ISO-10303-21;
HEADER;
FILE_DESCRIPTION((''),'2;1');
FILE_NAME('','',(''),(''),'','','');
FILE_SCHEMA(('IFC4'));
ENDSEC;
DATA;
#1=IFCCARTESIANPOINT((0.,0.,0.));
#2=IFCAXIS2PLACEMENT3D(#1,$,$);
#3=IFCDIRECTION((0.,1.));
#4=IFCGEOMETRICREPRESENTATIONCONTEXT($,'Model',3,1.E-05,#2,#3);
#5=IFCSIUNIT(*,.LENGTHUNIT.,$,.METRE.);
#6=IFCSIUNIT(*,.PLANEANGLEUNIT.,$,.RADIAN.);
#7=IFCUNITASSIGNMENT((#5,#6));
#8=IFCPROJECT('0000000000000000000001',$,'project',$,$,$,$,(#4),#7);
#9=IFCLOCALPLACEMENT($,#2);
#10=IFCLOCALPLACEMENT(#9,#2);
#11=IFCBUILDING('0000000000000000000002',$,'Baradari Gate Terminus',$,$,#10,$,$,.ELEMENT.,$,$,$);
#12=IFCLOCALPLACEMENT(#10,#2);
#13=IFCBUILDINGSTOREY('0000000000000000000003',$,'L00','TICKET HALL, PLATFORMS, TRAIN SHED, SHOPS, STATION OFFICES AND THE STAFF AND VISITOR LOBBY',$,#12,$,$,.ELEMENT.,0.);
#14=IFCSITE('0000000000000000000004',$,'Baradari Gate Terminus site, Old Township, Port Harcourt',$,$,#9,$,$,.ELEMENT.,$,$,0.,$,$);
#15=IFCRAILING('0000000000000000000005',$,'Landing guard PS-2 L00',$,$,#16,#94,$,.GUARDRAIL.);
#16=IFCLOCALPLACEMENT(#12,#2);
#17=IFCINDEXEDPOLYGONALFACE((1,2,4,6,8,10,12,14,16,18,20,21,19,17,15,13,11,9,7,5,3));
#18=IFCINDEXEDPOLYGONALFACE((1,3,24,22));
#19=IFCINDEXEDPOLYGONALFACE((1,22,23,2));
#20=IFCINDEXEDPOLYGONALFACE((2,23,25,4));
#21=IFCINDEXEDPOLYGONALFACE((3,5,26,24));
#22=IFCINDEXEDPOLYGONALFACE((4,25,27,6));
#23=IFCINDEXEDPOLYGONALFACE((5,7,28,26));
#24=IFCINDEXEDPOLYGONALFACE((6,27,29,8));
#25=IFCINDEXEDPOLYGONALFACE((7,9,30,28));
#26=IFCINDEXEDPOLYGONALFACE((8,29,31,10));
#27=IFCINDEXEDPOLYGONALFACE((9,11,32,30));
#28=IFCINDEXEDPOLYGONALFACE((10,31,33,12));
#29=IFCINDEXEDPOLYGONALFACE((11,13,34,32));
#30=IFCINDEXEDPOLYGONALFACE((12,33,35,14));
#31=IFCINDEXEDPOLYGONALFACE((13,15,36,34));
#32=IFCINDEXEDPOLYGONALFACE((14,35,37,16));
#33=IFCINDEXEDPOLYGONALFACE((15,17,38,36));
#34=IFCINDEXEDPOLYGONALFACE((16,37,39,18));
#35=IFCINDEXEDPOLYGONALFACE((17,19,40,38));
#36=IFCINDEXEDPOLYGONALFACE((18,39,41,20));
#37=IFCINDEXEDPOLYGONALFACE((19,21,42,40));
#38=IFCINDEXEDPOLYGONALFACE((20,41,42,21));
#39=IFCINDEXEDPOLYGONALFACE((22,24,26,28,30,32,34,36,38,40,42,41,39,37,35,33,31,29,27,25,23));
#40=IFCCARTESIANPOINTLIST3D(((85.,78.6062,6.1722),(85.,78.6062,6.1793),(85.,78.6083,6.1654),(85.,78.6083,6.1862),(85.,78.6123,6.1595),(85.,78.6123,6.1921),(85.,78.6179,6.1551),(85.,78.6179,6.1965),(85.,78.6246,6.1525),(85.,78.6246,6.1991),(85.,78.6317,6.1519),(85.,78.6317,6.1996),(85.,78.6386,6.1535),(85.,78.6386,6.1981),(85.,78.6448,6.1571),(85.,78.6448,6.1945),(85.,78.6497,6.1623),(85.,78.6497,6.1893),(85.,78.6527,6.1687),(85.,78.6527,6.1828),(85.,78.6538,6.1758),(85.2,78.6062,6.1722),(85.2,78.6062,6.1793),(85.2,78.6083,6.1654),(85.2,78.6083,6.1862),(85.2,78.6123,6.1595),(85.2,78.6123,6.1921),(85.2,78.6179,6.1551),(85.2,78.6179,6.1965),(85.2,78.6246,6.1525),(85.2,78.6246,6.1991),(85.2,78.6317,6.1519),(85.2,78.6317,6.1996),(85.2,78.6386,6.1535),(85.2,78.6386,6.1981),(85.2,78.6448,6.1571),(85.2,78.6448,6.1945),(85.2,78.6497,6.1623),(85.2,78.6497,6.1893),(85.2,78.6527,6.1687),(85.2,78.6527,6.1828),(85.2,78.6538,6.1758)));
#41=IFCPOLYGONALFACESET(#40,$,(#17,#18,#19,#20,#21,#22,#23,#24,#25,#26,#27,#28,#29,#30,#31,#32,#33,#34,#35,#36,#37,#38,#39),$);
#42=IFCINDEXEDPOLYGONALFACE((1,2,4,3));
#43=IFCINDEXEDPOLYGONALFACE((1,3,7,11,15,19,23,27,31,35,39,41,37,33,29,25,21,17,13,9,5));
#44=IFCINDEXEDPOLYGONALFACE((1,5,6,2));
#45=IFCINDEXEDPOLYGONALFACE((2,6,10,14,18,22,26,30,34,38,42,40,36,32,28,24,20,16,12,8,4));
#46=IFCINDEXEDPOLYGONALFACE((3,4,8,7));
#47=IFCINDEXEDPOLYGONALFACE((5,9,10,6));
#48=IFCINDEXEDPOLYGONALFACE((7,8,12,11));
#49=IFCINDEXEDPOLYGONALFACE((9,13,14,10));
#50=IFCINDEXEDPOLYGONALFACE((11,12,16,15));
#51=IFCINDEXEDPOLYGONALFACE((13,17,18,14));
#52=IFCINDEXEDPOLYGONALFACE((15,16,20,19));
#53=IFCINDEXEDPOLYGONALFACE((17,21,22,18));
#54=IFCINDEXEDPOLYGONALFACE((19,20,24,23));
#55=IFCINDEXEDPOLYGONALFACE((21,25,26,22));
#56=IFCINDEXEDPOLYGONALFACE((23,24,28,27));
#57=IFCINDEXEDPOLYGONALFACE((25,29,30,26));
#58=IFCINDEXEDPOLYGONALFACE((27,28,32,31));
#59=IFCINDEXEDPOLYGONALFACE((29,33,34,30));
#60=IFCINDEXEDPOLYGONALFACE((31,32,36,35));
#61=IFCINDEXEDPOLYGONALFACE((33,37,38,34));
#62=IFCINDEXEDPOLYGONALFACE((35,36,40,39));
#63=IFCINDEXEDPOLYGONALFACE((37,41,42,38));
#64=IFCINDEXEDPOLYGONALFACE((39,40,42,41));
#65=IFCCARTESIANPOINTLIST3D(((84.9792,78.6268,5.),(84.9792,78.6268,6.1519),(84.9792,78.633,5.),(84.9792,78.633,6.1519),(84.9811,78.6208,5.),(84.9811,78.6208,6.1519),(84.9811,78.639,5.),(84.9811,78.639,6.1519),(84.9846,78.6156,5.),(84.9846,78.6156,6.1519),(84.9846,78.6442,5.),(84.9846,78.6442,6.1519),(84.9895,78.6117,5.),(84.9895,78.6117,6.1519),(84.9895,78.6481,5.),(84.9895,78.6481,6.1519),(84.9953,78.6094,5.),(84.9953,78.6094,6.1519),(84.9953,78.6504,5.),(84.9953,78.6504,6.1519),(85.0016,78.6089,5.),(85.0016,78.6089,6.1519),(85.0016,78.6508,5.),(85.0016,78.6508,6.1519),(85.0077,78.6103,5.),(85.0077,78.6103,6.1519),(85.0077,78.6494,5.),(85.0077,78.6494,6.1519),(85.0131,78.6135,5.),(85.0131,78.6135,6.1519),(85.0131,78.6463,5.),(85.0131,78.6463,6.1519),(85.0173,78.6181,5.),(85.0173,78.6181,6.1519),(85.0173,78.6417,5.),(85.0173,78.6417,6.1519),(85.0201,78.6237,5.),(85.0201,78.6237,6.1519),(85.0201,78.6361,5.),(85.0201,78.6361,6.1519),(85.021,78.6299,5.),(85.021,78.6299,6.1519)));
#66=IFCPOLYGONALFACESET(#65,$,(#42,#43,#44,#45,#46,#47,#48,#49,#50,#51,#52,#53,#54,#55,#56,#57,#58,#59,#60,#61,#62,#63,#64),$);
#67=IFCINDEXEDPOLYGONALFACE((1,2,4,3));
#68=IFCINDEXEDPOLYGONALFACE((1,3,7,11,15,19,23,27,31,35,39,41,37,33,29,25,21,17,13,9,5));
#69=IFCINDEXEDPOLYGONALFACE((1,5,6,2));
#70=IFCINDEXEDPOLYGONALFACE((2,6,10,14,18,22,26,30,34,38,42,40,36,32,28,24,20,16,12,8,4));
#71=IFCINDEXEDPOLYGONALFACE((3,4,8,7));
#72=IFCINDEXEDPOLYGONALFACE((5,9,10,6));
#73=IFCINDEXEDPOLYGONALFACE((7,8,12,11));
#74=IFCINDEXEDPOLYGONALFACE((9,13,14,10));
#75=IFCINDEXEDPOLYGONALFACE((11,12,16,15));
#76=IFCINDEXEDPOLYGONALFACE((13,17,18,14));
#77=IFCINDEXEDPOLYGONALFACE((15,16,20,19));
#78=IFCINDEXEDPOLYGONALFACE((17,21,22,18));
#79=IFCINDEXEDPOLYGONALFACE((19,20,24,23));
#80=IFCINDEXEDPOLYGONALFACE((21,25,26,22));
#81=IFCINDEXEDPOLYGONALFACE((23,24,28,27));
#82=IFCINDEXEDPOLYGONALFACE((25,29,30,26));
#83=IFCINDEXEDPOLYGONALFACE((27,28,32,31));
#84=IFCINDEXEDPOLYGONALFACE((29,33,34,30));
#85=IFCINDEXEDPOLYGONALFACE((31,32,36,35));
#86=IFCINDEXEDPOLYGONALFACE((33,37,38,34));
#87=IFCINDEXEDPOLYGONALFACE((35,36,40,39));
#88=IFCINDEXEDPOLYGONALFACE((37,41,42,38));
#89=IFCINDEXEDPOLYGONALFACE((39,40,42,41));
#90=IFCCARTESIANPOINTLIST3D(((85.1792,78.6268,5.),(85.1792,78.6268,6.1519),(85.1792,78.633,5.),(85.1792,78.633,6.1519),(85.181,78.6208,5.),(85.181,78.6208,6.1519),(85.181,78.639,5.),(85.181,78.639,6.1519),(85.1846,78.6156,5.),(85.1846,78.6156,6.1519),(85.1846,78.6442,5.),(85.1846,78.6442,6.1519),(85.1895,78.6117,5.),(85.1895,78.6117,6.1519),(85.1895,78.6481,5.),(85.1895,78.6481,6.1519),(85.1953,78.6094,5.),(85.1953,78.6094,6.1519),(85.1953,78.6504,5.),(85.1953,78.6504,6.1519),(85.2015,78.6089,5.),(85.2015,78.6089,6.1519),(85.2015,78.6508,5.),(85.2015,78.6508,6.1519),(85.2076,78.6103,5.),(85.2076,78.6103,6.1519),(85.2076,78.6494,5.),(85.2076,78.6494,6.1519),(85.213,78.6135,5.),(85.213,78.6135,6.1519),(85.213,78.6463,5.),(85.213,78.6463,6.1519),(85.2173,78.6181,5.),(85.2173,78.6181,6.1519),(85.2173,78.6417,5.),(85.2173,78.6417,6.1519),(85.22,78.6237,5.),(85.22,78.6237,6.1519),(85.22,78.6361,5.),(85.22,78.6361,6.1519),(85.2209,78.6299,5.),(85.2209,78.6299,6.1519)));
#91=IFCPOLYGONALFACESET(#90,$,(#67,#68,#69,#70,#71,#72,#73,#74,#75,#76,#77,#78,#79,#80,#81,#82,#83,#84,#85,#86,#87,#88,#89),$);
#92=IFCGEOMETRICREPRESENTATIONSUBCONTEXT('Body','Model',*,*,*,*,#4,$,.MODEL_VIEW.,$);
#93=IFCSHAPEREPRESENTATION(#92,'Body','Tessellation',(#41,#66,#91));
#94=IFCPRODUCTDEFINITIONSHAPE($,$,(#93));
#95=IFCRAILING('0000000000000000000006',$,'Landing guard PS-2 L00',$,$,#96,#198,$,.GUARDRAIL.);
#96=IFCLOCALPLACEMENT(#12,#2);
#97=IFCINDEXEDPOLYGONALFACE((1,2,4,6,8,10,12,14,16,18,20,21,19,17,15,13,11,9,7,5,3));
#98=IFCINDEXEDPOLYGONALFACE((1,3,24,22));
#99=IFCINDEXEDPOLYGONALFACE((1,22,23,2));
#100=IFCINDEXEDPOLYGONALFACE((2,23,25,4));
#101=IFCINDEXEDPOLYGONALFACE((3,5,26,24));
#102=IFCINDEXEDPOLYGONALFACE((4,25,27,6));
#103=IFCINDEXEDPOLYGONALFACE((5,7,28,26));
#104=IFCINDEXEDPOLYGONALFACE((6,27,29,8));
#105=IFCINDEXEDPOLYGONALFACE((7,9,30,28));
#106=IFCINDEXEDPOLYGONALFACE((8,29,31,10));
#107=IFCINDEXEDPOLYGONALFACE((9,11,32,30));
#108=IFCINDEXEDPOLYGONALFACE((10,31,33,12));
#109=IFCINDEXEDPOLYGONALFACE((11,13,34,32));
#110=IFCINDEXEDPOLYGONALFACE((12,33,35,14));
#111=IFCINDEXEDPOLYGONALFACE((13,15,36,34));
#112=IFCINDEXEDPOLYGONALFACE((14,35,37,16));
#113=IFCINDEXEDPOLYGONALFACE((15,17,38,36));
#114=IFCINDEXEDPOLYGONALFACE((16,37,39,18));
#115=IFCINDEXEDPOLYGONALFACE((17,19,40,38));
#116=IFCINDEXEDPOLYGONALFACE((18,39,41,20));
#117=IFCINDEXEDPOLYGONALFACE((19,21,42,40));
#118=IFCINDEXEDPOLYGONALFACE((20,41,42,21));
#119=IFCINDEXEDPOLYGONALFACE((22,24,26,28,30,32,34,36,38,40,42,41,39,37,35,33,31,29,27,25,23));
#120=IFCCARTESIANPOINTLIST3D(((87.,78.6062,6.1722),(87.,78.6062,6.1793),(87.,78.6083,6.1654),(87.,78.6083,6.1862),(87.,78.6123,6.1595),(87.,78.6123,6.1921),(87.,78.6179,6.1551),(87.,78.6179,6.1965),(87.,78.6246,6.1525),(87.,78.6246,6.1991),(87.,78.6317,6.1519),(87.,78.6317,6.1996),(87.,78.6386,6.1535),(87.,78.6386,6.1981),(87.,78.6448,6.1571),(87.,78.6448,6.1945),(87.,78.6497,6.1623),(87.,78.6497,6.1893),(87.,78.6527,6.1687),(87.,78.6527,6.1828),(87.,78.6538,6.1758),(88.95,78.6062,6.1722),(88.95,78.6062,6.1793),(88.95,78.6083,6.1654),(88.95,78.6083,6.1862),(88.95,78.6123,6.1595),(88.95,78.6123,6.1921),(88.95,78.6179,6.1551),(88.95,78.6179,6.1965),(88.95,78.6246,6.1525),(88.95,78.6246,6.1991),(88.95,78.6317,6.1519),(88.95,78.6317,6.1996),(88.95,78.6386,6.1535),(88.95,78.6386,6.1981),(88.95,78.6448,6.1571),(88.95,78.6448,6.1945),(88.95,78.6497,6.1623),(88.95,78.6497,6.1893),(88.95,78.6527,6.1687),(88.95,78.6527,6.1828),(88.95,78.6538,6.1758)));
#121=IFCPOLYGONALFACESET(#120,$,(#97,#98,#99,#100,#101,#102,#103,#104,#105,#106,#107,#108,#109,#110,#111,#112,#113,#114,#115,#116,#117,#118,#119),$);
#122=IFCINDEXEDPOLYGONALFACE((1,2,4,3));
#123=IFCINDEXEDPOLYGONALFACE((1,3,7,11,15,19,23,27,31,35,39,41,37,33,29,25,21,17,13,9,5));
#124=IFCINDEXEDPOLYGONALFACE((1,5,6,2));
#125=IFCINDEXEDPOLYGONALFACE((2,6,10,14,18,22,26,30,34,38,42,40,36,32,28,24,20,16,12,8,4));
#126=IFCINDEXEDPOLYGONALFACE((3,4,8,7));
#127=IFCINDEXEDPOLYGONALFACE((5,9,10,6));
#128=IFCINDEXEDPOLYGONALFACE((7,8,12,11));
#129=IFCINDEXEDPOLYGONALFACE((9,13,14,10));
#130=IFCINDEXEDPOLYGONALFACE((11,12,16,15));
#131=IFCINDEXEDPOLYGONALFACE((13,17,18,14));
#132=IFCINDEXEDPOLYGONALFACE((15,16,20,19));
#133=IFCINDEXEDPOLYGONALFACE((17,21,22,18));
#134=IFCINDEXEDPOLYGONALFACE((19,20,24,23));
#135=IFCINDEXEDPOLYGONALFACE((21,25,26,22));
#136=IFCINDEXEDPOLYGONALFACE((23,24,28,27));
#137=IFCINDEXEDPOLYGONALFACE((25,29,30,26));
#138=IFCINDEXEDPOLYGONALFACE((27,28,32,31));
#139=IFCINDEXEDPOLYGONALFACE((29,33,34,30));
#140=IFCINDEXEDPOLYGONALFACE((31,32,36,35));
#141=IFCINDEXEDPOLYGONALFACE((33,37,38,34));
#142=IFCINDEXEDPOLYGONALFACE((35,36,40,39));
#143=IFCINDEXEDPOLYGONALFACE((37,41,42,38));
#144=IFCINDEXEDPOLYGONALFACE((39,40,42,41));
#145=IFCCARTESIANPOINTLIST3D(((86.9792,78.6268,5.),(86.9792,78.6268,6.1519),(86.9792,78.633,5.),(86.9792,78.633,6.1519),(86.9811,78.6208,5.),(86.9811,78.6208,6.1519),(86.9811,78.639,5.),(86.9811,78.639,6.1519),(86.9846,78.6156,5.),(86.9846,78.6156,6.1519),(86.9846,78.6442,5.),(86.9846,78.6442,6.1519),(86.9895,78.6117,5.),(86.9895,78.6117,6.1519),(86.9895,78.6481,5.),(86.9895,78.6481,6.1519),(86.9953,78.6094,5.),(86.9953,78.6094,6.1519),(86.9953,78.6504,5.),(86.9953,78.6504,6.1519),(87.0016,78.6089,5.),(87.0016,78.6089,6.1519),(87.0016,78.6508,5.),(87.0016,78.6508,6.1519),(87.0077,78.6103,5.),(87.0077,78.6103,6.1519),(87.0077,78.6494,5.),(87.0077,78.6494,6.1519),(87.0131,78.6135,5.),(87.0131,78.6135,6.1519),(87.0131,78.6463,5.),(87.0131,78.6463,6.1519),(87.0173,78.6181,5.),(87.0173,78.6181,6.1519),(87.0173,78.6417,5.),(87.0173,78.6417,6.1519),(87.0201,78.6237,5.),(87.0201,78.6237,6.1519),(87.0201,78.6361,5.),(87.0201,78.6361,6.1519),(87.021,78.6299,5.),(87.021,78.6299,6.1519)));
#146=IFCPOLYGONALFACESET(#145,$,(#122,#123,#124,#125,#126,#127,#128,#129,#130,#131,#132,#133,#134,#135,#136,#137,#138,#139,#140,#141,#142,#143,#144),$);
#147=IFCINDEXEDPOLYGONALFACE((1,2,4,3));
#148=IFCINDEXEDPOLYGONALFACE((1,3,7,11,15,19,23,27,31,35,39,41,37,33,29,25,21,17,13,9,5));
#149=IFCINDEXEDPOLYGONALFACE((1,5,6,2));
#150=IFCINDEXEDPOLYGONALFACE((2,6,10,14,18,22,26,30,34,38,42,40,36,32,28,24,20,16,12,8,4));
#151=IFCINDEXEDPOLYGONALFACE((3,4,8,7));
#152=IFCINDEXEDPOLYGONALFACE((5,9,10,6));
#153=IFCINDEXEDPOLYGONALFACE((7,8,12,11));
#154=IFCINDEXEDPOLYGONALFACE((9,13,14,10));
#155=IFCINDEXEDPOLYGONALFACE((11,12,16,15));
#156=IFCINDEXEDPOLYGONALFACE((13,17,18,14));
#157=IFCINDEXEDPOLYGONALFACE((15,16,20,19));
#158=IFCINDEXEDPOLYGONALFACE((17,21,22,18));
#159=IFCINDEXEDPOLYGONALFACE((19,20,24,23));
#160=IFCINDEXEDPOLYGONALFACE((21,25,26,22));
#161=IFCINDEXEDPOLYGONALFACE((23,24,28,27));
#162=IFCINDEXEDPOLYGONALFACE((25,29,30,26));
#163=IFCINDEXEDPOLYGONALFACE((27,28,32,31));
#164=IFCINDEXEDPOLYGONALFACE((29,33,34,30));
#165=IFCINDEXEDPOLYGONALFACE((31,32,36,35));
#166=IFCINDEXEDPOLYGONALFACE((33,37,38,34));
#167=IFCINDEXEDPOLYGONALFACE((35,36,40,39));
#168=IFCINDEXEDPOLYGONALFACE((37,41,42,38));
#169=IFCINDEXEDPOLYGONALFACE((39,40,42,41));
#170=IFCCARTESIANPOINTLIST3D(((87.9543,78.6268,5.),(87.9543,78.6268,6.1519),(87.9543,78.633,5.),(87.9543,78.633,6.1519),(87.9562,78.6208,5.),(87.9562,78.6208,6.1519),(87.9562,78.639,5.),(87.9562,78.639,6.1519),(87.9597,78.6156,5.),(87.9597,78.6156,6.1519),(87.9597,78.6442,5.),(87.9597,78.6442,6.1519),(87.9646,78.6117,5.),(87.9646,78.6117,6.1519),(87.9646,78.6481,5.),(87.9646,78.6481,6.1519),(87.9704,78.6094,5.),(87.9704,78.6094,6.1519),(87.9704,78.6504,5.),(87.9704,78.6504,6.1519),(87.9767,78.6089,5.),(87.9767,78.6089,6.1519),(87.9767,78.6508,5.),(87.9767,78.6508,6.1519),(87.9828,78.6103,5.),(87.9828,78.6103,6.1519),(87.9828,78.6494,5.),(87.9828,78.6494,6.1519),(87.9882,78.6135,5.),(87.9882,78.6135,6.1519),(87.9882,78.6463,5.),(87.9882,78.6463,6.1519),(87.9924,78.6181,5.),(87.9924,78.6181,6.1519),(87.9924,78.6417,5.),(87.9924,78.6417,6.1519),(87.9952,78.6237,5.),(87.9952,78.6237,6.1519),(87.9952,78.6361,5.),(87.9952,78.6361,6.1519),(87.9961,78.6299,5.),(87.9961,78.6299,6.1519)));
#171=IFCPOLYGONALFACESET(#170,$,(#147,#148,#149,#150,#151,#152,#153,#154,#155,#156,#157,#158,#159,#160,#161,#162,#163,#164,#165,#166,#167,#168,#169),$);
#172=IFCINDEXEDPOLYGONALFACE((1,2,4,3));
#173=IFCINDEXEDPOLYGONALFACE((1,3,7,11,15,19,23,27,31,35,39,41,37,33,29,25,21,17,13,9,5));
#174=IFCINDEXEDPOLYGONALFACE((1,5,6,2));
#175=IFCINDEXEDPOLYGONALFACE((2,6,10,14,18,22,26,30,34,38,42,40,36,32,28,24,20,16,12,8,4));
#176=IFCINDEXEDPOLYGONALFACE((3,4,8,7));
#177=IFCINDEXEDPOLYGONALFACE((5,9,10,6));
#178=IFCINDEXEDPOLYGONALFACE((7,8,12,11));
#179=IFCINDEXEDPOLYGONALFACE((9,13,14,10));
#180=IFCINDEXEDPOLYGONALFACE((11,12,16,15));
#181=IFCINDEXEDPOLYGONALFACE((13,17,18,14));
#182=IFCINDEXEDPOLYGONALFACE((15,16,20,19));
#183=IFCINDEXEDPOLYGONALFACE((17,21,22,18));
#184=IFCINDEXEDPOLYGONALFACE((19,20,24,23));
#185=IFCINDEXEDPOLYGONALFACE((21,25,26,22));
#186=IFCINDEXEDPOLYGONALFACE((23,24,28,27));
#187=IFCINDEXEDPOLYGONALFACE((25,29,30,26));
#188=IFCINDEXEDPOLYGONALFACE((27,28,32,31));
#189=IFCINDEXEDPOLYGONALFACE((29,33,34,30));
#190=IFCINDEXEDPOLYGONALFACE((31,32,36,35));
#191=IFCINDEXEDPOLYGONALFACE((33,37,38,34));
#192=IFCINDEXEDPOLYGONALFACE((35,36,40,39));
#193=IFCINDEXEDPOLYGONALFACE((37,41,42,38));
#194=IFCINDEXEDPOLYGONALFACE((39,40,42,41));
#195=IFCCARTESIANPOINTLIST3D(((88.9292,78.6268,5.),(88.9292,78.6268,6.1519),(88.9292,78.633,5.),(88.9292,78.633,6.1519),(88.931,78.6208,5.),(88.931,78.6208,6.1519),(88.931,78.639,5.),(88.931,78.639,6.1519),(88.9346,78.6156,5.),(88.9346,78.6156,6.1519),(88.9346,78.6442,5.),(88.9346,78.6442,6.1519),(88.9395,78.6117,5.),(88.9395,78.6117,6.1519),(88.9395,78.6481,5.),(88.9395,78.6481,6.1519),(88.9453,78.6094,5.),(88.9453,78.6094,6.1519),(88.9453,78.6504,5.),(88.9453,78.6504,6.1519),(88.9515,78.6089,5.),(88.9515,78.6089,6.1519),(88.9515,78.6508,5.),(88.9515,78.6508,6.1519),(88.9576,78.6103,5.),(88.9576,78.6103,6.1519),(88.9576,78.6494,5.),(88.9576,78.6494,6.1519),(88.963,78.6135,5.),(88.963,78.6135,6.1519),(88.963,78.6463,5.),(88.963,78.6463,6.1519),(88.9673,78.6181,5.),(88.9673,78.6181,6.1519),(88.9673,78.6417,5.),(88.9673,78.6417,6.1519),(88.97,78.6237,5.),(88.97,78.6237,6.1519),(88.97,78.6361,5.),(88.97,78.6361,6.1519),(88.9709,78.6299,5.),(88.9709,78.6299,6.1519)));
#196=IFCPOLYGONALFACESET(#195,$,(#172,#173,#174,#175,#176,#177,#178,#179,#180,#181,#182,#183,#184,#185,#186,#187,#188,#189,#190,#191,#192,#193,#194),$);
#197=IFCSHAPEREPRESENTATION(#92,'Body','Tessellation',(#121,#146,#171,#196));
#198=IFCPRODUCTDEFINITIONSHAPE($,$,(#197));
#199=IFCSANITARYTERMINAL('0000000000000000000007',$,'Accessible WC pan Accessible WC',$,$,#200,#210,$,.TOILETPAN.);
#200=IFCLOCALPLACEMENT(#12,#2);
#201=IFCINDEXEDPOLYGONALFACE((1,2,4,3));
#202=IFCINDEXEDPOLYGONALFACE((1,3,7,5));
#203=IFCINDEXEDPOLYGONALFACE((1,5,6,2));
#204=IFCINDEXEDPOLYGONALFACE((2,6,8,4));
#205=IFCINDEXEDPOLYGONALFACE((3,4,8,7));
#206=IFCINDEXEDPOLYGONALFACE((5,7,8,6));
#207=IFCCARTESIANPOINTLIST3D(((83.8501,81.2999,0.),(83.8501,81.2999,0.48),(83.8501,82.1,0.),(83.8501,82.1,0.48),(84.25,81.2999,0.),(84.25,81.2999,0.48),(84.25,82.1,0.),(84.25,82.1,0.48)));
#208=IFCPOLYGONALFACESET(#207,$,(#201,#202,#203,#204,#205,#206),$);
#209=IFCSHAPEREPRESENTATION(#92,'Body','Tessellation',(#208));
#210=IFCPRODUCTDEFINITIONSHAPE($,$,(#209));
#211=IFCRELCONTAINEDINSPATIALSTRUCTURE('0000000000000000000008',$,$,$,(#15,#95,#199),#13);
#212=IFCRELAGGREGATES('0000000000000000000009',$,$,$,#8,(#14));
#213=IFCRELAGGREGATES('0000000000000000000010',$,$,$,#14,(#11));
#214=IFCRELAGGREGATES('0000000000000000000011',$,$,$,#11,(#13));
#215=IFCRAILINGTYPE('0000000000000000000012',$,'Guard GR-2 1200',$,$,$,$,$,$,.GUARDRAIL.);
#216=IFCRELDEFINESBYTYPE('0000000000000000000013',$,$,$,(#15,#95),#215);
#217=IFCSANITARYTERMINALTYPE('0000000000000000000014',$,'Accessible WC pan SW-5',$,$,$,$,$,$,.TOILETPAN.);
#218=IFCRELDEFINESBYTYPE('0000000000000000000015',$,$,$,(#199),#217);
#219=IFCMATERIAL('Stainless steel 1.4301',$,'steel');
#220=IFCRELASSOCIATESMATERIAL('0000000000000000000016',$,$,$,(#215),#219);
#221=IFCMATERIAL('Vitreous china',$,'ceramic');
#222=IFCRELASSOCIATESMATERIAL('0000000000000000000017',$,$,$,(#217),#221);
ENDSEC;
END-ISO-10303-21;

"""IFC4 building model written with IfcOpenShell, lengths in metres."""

from ifc_helpers import new_model, si_unit, direction, frame, origin, origin_2d, place, context, subcontext, project, spatial, rectangle, circle, extrude, material, type_object, element, save


model = new_model("IFC4")

# Units and contexts
model_context = context("Model", 3, precision=1e-05, world=origin(), true_north=direction((0.0, 1.0)))
body_context = subcontext(model_context, "Body", "Model", "MODEL_VIEW")
ifc_project = project(units=[si_unit("LENGTHUNIT", "METRE"), si_unit("PLANEANGLEUNIT", "RADIAN")], contexts=[model_context])

# Site, building, storey
site_placement = place(None, origin())
site = spatial("IfcSite", under=ifc_project, at=site_placement, Name="Baradari Gate Terminus site, Old Township, Port Harcourt", CompositionType="ELEMENT", RefElevation=0.0)
building_placement = place(site_placement, origin())
building = spatial("IfcBuilding", under=site, at=building_placement, Name="Baradari Gate Terminus", CompositionType="ELEMENT")
storey_placement = place(building_placement, origin())
storey = spatial("IfcBuildingStorey", under=building, at=storey_placement, Name="L00", Description="TICKET HALL, PLATFORMS, TRAIN SHED, SHOPS, STATION OFFICES AND THE STAFF AND VISITOR LOBBY", CompositionType="ELEMENT", Elevation=0.0)

# Railings
ifc_material_1 = material(Name="Stainless steel 1.4301", Category="steel")
railing_type_1 = type_object("IfcRailingType", Name="Guard GR-2 1200", PredefinedType="GUARDRAIL", material=ifc_material_1)
railing_1_placement = place(storey_placement, frame((85.0, 78.6299, 5.0)))
element("IfcRailing", 1, at=railing_1_placement, inside=storey, type_object=railing_type_1, Name="Landing guard PS-2 L00", PredefinedType="GUARDRAIL", context=body_context, shape_type="SweptSolid", body=[
    extrude(circle(Radius=0.0239, at=origin_2d()), frame((0.0, 0.0, 1.1758), z_axis=(1.0, 0.0, 0.0), x_axis=(0.0, 1.0, 0.0)), (0.0, 0.0, 1.0), 0.2),
    extrude(circle(Radius=0.021, at=origin_2d()), origin(), (0.0, 0.0, 1.0), 1.1519),
    extrude(circle(Radius=0.021, at=origin_2d()), frame((0.2, 0.0, 0.0)), (0.0, 0.0, 1.0), 1.1519),
])
railing_2_placement = place(storey_placement, frame((87.0, 78.6299, 5.0)))
element("IfcRailing", 2, at=railing_2_placement, inside=storey, type_object=railing_type_1, Name="Landing guard PS-2 L00", PredefinedType="GUARDRAIL", context=body_context, shape_type="SweptSolid", body=[
    extrude(circle(Radius=0.0239, at=origin_2d()), frame((0.0, 0.0, 1.1758), z_axis=(1.0, 0.0, 0.0), x_axis=(0.0, 1.0, 0.0)), (0.0, 0.0, 1.0), 1.95),
    extrude(circle(Radius=0.021, at=origin_2d()), origin(), (0.0, 0.0, 1.0), 1.1519),
    extrude(circle(Radius=0.021, at=origin_2d()), frame((0.9751, 0.0, 0.0)), (0.0, 0.0, 1.0), 1.1519),
    extrude(circle(Radius=0.021, at=origin_2d()), frame((1.95, 0.0, 0.0)), (0.0, 0.0, 1.0), 1.1519),
])

# Sanitary terminal
ifc_material_2 = material(Name="Vitreous china", Category="ceramic")
sanitary_terminal_type_1 = type_object("IfcSanitaryTerminalType", Name="Accessible WC pan SW-5", PredefinedType="TOILETPAN", material=ifc_material_2)
sanitary_terminal_1_placement = place(storey_placement, frame((84.05, 81.7, 0.0), z_axis=(0.0, 0.0, 1.0), x_axis=(1.0, 0.0, 0.0)))
element("IfcSanitaryTerminal", 3, at=sanitary_terminal_1_placement, inside=storey, type_object=sanitary_terminal_type_1, Name="Accessible WC pan Accessible WC", PredefinedType="TOILETPAN", context=body_context, shape_type="SweptSolid", body=[
    extrude(rectangle(XDim=0.3999, YDim=0.8, at=origin_2d()), origin(), (0.0, 0.0, 1.0), 0.48),
])

save(model, "model.ifc")
